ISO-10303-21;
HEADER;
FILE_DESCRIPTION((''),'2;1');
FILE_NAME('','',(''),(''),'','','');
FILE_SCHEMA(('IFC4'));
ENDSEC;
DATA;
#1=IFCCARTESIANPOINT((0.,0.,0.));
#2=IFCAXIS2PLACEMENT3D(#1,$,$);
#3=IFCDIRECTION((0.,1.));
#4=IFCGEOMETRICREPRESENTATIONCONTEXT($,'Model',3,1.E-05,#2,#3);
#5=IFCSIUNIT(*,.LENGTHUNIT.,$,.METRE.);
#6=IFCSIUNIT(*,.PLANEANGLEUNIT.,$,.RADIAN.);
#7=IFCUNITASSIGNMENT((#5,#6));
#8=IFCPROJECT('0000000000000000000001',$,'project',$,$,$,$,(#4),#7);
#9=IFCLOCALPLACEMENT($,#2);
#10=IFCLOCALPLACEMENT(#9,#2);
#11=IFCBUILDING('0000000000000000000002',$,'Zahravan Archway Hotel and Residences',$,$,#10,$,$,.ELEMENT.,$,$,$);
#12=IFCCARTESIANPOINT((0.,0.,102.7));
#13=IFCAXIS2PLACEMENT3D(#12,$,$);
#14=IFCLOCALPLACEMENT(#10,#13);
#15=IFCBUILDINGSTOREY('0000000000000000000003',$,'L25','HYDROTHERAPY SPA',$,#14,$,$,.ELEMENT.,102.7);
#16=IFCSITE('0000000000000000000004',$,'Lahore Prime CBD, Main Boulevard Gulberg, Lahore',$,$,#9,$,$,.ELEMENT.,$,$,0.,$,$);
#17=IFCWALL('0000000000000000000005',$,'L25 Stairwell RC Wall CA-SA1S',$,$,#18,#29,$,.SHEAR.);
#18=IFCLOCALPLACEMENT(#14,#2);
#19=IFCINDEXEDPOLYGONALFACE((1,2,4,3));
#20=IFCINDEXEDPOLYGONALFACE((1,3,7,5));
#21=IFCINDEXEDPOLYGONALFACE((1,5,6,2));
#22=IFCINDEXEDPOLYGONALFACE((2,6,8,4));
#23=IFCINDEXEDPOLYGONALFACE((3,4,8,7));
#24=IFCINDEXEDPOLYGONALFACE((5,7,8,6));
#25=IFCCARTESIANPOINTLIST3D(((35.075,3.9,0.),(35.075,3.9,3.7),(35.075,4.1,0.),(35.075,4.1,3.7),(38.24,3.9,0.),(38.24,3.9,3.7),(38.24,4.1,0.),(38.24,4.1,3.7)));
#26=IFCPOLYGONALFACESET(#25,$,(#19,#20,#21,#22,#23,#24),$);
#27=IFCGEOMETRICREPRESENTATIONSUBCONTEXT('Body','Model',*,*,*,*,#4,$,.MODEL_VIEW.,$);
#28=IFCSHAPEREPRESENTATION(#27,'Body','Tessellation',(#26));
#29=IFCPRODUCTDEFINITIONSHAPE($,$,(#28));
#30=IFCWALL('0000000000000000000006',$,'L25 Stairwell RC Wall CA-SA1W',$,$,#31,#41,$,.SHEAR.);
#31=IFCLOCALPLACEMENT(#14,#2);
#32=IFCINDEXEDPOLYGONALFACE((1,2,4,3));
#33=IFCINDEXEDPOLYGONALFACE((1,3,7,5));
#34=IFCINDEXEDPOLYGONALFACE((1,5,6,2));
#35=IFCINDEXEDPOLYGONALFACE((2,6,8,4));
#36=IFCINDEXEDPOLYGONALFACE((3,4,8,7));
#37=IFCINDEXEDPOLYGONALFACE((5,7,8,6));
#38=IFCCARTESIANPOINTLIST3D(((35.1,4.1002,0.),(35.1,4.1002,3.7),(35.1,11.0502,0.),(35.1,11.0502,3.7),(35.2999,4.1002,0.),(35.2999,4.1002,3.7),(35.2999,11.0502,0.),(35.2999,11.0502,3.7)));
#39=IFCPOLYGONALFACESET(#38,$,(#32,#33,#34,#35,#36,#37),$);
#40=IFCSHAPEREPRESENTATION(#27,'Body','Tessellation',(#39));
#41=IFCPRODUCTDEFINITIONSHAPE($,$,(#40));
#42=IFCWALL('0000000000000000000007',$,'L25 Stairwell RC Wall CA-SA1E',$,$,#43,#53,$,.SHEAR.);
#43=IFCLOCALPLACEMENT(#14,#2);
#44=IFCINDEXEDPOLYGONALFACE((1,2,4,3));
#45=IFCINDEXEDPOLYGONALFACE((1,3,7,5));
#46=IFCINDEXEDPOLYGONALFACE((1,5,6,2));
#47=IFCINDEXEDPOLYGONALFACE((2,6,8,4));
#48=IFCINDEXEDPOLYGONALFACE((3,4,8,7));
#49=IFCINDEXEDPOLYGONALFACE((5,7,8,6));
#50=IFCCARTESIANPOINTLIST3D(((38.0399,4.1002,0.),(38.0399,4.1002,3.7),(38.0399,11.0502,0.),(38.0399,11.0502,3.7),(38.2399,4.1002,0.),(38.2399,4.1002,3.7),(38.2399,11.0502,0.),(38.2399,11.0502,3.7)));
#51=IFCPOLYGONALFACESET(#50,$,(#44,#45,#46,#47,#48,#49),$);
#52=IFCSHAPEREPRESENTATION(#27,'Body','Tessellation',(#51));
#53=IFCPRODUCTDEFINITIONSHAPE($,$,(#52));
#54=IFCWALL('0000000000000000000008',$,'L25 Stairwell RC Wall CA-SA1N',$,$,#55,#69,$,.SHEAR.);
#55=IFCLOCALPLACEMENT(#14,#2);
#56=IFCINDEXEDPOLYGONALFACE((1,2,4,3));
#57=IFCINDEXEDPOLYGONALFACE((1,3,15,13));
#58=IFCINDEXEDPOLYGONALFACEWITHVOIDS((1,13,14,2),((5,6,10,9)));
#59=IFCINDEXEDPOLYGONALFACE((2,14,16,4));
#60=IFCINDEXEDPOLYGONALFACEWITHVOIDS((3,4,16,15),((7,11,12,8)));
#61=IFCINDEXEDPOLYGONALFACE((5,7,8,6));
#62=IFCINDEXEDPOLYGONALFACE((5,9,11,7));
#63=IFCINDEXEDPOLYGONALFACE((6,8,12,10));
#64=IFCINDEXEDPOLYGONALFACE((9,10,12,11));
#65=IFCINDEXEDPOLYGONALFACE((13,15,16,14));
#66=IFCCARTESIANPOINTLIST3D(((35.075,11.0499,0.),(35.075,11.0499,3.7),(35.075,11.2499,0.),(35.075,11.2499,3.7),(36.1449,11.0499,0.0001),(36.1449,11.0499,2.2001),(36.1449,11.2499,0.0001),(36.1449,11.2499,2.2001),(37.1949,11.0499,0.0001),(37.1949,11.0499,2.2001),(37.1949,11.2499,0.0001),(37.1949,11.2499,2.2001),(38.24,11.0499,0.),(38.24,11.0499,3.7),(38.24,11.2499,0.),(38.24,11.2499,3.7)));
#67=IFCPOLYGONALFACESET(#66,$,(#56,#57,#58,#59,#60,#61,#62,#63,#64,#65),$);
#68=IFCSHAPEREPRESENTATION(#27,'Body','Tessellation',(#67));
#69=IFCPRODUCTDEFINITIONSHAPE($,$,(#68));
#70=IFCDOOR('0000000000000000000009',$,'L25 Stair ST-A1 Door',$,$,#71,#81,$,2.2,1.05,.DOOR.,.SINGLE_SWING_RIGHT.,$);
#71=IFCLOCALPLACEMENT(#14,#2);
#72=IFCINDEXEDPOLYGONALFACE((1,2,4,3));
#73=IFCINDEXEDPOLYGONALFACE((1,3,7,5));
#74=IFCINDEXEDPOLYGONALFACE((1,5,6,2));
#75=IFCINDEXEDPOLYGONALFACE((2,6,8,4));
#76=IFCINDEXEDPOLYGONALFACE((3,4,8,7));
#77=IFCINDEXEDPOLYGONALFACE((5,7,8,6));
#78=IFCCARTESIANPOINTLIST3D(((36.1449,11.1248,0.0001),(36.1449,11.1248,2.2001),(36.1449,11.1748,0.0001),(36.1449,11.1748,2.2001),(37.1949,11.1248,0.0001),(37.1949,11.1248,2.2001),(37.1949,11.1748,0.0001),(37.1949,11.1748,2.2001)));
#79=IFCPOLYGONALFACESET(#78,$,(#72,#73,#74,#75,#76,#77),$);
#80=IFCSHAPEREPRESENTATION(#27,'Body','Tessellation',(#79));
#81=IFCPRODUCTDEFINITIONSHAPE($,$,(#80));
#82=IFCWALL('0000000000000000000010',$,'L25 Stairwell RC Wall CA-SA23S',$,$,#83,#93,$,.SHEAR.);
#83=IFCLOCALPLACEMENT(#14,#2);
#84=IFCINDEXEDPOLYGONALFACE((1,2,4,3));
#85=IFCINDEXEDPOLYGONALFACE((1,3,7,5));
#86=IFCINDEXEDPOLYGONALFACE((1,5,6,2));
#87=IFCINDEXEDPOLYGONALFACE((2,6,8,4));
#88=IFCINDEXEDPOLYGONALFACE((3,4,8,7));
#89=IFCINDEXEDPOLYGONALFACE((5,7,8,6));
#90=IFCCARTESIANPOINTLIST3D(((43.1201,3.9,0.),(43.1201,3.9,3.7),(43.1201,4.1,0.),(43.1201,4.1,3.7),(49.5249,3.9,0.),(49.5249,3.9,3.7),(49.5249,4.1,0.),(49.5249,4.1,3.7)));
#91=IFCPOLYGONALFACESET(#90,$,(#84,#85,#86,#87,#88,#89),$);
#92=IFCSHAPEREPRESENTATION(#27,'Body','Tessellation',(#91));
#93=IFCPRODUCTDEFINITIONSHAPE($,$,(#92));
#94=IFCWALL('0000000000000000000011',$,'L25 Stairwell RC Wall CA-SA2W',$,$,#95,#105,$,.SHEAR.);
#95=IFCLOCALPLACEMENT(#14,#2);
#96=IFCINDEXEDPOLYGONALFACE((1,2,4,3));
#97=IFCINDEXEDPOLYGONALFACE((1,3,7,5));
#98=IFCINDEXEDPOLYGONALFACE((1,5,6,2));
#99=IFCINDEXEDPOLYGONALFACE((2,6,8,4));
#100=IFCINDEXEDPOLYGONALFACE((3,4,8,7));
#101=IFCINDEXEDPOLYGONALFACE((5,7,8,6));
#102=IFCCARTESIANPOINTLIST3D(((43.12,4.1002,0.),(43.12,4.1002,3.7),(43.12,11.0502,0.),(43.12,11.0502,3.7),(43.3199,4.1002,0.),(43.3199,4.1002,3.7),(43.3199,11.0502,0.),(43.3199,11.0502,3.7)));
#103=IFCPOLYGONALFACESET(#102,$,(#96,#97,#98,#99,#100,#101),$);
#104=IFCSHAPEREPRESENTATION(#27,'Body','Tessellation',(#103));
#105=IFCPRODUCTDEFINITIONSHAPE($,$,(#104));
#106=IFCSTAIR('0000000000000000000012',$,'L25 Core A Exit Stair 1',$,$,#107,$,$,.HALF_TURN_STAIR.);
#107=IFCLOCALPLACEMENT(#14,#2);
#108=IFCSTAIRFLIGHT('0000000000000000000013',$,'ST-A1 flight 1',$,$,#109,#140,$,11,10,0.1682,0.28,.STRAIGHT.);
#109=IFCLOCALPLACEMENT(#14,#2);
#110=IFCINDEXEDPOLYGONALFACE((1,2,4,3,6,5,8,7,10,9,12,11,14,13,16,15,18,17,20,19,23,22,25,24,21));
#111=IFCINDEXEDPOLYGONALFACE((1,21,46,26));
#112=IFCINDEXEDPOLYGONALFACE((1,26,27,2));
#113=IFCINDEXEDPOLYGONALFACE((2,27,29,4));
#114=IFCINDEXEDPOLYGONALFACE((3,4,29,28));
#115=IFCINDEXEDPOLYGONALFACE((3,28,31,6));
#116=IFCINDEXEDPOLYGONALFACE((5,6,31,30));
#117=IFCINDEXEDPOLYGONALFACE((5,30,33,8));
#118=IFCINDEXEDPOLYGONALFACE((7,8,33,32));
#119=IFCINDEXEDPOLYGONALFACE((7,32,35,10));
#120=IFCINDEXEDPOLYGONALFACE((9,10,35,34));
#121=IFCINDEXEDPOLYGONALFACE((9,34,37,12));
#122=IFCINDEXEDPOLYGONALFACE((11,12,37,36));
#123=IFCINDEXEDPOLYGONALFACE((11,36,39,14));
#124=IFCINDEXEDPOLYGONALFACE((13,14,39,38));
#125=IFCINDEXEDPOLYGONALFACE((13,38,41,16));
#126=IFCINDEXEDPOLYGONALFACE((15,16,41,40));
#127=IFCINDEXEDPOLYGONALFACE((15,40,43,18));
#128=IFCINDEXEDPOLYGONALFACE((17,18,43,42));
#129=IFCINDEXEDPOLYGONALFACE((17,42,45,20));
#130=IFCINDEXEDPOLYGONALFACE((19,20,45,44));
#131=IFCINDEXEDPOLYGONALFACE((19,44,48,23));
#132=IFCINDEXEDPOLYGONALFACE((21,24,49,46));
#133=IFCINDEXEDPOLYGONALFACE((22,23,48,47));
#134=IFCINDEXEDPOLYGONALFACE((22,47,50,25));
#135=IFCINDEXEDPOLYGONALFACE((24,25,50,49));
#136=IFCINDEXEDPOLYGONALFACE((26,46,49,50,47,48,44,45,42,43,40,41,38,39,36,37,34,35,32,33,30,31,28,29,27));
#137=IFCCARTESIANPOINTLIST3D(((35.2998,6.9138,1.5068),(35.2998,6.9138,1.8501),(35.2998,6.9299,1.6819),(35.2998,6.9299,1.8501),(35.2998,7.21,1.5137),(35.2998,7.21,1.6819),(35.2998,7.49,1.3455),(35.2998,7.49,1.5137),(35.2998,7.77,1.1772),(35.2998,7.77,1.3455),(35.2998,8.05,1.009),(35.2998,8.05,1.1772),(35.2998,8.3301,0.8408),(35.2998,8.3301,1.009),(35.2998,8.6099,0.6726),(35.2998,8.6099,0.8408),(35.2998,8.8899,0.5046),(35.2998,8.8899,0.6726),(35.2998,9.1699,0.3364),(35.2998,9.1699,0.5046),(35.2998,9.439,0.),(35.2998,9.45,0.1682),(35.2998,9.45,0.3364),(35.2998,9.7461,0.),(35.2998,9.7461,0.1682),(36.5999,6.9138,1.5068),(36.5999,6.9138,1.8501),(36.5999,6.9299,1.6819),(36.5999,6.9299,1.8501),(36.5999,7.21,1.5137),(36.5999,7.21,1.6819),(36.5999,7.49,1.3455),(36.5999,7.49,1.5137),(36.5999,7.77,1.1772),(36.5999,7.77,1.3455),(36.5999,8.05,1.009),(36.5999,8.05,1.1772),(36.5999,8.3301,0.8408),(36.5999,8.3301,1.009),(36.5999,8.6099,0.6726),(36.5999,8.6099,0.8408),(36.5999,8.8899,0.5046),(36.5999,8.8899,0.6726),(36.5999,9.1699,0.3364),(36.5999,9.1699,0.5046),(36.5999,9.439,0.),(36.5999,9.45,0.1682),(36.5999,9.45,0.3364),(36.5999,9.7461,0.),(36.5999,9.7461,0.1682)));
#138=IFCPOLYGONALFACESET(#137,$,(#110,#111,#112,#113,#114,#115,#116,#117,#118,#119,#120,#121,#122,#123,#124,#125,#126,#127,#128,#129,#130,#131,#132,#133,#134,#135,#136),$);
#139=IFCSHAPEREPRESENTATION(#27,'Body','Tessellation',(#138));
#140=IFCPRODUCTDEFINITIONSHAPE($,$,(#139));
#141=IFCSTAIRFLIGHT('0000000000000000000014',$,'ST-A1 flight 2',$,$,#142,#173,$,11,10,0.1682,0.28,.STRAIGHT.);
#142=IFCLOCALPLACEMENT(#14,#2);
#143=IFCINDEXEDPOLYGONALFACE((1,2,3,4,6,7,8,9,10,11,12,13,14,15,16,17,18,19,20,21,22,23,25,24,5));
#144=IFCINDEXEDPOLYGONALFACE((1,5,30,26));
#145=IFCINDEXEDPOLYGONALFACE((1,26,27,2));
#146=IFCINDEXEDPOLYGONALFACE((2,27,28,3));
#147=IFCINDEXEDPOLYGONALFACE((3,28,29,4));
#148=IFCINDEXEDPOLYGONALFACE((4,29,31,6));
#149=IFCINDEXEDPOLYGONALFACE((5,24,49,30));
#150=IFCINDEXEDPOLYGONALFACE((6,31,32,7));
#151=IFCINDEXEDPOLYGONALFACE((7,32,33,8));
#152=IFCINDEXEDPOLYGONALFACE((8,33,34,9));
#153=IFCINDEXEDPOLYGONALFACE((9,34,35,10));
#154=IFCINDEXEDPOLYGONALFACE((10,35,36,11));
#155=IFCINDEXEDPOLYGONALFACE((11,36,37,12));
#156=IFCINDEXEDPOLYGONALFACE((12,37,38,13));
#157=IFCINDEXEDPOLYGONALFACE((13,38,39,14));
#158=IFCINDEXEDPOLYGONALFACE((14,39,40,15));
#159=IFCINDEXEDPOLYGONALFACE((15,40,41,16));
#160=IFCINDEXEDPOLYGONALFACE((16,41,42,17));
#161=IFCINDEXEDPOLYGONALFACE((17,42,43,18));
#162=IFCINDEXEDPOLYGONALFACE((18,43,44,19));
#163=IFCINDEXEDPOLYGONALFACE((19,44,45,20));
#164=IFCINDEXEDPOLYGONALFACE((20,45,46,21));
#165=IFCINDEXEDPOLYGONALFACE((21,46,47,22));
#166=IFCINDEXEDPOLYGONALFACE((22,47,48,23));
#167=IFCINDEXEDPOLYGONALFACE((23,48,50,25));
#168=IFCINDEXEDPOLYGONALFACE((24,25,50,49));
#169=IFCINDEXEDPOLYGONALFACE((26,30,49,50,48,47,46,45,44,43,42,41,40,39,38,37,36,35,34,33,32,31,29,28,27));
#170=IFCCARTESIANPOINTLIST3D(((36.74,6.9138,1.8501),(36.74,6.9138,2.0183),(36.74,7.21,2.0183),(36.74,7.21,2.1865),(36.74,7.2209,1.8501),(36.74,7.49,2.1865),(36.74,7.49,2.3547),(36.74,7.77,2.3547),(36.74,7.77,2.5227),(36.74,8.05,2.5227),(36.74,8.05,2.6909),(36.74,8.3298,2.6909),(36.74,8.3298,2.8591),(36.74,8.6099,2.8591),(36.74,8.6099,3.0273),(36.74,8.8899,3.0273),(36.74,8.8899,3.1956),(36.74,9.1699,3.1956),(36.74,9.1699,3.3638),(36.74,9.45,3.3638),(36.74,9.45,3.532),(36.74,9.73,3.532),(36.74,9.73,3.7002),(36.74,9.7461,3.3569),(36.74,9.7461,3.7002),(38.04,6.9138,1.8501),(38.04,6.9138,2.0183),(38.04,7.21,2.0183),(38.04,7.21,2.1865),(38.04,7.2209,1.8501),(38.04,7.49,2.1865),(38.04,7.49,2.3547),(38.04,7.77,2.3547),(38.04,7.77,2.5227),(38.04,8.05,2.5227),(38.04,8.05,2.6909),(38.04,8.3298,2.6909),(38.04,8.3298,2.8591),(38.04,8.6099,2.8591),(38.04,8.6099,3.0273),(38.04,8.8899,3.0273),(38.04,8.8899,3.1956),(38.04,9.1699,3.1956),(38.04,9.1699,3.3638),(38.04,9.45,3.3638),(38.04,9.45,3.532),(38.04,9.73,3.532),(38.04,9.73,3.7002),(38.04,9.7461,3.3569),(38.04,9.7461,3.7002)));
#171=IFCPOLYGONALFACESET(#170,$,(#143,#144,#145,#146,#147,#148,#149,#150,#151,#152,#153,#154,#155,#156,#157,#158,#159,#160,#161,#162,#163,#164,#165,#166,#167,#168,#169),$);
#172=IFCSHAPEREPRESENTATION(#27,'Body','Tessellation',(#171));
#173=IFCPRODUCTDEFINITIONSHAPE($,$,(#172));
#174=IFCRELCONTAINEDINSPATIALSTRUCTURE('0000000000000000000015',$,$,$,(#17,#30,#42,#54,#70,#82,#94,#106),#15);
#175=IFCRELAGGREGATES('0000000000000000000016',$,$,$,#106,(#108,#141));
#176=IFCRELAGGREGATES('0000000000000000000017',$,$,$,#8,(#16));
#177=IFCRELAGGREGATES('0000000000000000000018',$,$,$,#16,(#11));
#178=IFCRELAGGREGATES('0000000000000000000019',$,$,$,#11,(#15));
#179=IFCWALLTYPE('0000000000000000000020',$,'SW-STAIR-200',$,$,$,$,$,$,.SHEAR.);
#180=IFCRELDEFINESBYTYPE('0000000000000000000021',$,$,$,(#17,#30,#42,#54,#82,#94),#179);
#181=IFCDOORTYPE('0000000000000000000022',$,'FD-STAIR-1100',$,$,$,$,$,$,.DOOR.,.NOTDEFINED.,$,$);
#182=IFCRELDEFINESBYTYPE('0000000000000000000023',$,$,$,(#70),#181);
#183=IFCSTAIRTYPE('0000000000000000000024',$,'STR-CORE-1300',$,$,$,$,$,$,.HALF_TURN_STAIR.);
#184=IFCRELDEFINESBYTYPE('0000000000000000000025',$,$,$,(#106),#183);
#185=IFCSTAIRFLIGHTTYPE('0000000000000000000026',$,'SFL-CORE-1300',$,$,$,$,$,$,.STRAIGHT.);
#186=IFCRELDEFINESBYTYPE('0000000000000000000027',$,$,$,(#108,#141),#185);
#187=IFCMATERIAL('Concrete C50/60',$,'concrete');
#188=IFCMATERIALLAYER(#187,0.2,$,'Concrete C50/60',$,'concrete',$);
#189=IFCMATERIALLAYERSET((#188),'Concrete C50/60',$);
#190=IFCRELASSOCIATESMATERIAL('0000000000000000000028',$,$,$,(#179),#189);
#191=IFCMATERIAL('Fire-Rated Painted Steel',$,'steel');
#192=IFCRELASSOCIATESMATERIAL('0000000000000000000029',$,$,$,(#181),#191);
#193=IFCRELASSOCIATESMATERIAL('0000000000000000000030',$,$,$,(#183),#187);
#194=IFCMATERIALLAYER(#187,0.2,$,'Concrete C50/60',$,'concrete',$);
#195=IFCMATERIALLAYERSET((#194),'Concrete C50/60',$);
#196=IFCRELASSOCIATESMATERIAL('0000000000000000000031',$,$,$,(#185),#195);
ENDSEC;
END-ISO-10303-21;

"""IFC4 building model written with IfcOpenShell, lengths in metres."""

from ifc_helpers import new_model, si_unit, direction, frame, frame_2d, origin, place, context, subcontext, project, spatial, polyline, rectangle, outline, extrude, source, transform, mapped, material, layer, layer_set, type_object, type_shapes, element, fill, aggregate, save


model = new_model("IFC4")

# Units and contexts
model_context = context("Model", 3, precision=1e-05, world=origin(), true_north=direction((0.0, 1.0)))
body_context = subcontext(model_context, "Body", "Model", "MODEL_VIEW")
ifc_project = project(units=[si_unit("LENGTHUNIT", "METRE"), si_unit("PLANEANGLEUNIT", "RADIAN")], contexts=[model_context])

# Site, building, storey
site_placement = place(None, origin())
site = spatial("IfcSite", under=ifc_project, at=site_placement, Name="Lahore Prime CBD, Main Boulevard Gulberg, Lahore", CompositionType="ELEMENT", RefElevation=0.0)
building_placement = place(site_placement, origin())
building = spatial("IfcBuilding", under=site, at=building_placement, Name="Zahravan Archway Hotel and Residences", CompositionType="ELEMENT")
storey_placement = place(building_placement, frame((0.0, 0.0, 102.7)))
storey = spatial("IfcBuildingStorey", under=building, at=storey_placement, Name="L25", Description="HYDROTHERAPY SPA", CompositionType="ELEMENT", Elevation=102.7)

# Shared definitions
ifc_material_1 = material(Name="Fire-Rated Painted Steel", Category="steel")

# Walls
ifc_material_2 = material(Name="Concrete C50/60", Category="concrete")
ifc_layer_1 = layer(ifc_material_2, 0.2, Name="Concrete C50/60", Category="concrete")
ifc_layer_set_1 = layer_set([ifc_layer_1], Name="Concrete C50/60")
wall_type_1 = type_object("IfcWallType", Name="SW-STAIR-200", PredefinedType="SHEAR", material=ifc_layer_set_1)
wall_1_placement = place(storey_placement, frame((35.075, 4.0, 0.0), z_axis=(0.0, 0.0, 1.0), x_axis=(1.0, 0.0, 0.0)))
element("IfcWall", 1, at=wall_1_placement, inside=storey, type_object=wall_type_1, Name="L25 Stairwell RC Wall CA-SA1S", PredefinedType="SHEAR", context=body_context, shape_type="SweptSolid", body=[
    extrude(rectangle(XDim=3.165, YDim=0.2, at=frame_2d((1.5825, 0.0))), origin(), (0.0, 0.0, 1.0), 3.7),
])
for number, where, z_axis, x_axis, name in (
    (2, (35.2, 4.1001, 0.0), (0.0, 0.0, 1.0), (0.0, 1.0, 0.0), "L25 Stairwell RC Wall CA-SA1W"),
    (3, (38.1399, 4.1001, 0.0), (0.0, 0.0, 1.0), (0.0, 1.0, 0.0), "L25 Stairwell RC Wall CA-SA1E"),
):
    element("IfcWall", number, at=place(storey_placement, frame(where, z_axis=z_axis, x_axis=x_axis)), inside=storey, type_object=wall_type_1, Name=name, PredefinedType="SHEAR", context=body_context, shape_type="SweptSolid", body=[
        extrude(rectangle(XDim=6.95, YDim=0.2, at=frame_2d((3.4751, 0.0))), origin(), (0.0, 0.0, 1.0), 3.7),
    ])

# Wall, opening, door
wall_2_placement = place(storey_placement, frame((35.075, 11.1499, 0.0), z_axis=(0.0, 0.0, 1.0), x_axis=(1.0, 0.0, 0.0)))
wall_2 = element("IfcWall", 4, at=wall_2_placement, inside=storey, type_object=wall_type_1, Name="L25 Stairwell RC Wall CA-SA1N", PredefinedType="SHEAR", context=body_context, shape_type="SweptSolid", body=[
    extrude(rectangle(XDim=3.165, YDim=0.2, at=frame_2d((1.5825, 0.0))), origin(), (0.0, 0.0, 1.0), 3.7),
])
opening_1_placement = place(wall_2_placement, frame((1.0701, 0.0, 0.0)))
opening_1 = element("IfcOpeningElement", 5, at=opening_1_placement, cuts=wall_2, PredefinedType="OPENING", context=body_context, shape_type="SweptSolid", body=[
    extrude(rectangle(XDim=1.05, YDim=2.2, at=frame_2d((0.5249, 1.1001))), frame((0.0, 0.1099, 0.0), z_axis=(0.0, -1.0, 0.0), x_axis=(1.0, 0.0, 0.0)), (0.0, 0.0, 1.0), 0.22),
])
door_type_1 = type_object("IfcDoorType", Name="FD-STAIR-1100", OperationType="NOTDEFINED", PredefinedType="DOOR", material=ifc_material_1)
shared_shape_1 = source(origin(), body_context, "Body", "SweptSolid", [
    extrude(rectangle(XDim=1.05, YDim=2.2, at=frame_2d((0.5249, 1.1001))), frame((0.0, 0.0249, 0.0), z_axis=(0.0, -1.0, 0.0), x_axis=(1.0, 0.0, 0.0)), (0.0, 0.0, 1.0), 0.05),
])
type_shapes(door_type_1, [shared_shape_1])
door_1_placement = place(opening_1_placement, origin())
door_1 = element("IfcDoor", 6, at=door_1_placement, inside=storey, type_object=door_type_1, Name="L25 Stair ST-A1 Door", OperationType="SINGLE_SWING_RIGHT", OverallHeight=2.2, OverallWidth=1.05, PredefinedType="DOOR", context=body_context, shape_type="MappedRepresentation", body=[
    mapped(shared_shape_1, transform((0.0, 0.0, 0.0), scale=1.0)),
])
fill(opening_1, door_1)

# Walls
wall_3_placement = place(storey_placement, frame((43.1201, 4.0, 0.0), z_axis=(0.0, 0.0, 1.0), x_axis=(1.0, 0.0, 0.0)))
element("IfcWall", 7, at=wall_3_placement, inside=storey, type_object=wall_type_1, Name="L25 Stairwell RC Wall CA-SA23S", PredefinedType="SHEAR", context=body_context, shape_type="SweptSolid", body=[
    extrude(rectangle(XDim=6.4048, YDim=0.2, at=frame_2d((3.2024, 0.0))), origin(), (0.0, 0.0, 1.0), 3.7),
])
wall_4_placement = place(storey_placement, frame((43.22, 4.1001, 0.0), z_axis=(0.0, 0.0, 1.0), x_axis=(0.0, 1.0, 0.0)))
element("IfcWall", 8, at=wall_4_placement, inside=storey, type_object=wall_type_1, Name="L25 Stairwell RC Wall CA-SA2W", PredefinedType="SHEAR", context=body_context, shape_type="SweptSolid", body=[
    extrude(rectangle(XDim=6.95, YDim=0.2, at=frame_2d((3.4751, 0.0))), origin(), (0.0, 0.0, 1.0), 3.7),
])

# Stair, stair flights
stair_type = type_object("IfcStairType", Name="STR-CORE-1300", PredefinedType="HALF_TURN_STAIR", material=ifc_material_2)
stair_placement = place(storey_placement, origin())
stair = element("IfcStair", 9, at=stair_placement, inside=storey, type_object=stair_type, Name="L25 Core A Exit Stair 1", PredefinedType="HALF_TURN_STAIR")
ifc_layer_2 = layer(ifc_material_2, 0.2, Name="Concrete C50/60", Category="concrete")
ifc_layer_set_2 = layer_set([ifc_layer_2], Name="Concrete C50/60")
stair_flight_type = type_object("IfcStairFlightType", Name="SFL-CORE-1300", PredefinedType="STRAIGHT", material=ifc_layer_set_2)
shared_shape_2 = source(origin(), body_context, "Body", "SweptSolid", [
    extrude(outline(polyline([(-0.0161, 0.0), (-0.0161, 0.1682), (0.28, 0.1682), (0.28, 0.3364), (0.5601, 0.3364), (0.5601, 0.5046), (0.8401, 0.5046), (0.8401, 0.6726), (1.1201, 0.6726), (1.1201, 0.8408), (1.3999, 0.8408), (1.3999, 1.009), (1.6799, 1.009), (1.6799, 1.1772), (1.96, 1.1772), (1.96, 1.3455), (2.24, 1.3455), (2.24, 1.5137), (2.52, 1.5137), (2.52, 1.6819), (2.8, 1.6819), (2.8, 1.8501), (2.8162, 1.8501), (2.8162, 1.5068), (0.291, 0.0), (-0.0161, 0.0)])), frame((0.0, 0.6499, 0.0), z_axis=(0.0, -1.0, 0.0), x_axis=(1.0, 0.0, 0.0)), (0.0, 0.0, 1.0), 1.3),
])
stair_flight_1_placement = place(storey_placement, frame((35.95, 9.73, 0.0), z_axis=(0.0, 0.0, 1.0), x_axis=(0.0, -1.0, 0.0)))
stair_flight_1 = element("IfcStairFlight", 10, at=stair_flight_1_placement, type_object=stair_flight_type, Name="ST-A1 flight 1", NumberOfRisers=11, NumberOfTreads=10, PredefinedType="STRAIGHT", RiserHeight=0.1682, TreadLength=0.28, context=body_context, shape_type="MappedRepresentation", body=[
    mapped(shared_shape_2, transform((0.0, 0.0, 0.0), scale=1.0)),
])
stair_flight_2_placement = place(storey_placement, frame((37.3899, 6.9299, 1.8501), z_axis=(0.0, 0.0, 1.0), x_axis=(0.0, 1.0, 0.0)))
stair_flight_2 = element("IfcStairFlight", 11, at=stair_flight_2_placement, type_object=stair_flight_type, Name="ST-A1 flight 2", NumberOfRisers=11, NumberOfTreads=10, PredefinedType="STRAIGHT", RiserHeight=0.1682, TreadLength=0.28, context=body_context, shape_type="MappedRepresentation", body=[
    mapped(shared_shape_2, transform((0.0, 0.0, 0.0), scale=1.0)),
])
aggregate(stair, [stair_flight_1, stair_flight_2])

save(model, "model.ifc")
